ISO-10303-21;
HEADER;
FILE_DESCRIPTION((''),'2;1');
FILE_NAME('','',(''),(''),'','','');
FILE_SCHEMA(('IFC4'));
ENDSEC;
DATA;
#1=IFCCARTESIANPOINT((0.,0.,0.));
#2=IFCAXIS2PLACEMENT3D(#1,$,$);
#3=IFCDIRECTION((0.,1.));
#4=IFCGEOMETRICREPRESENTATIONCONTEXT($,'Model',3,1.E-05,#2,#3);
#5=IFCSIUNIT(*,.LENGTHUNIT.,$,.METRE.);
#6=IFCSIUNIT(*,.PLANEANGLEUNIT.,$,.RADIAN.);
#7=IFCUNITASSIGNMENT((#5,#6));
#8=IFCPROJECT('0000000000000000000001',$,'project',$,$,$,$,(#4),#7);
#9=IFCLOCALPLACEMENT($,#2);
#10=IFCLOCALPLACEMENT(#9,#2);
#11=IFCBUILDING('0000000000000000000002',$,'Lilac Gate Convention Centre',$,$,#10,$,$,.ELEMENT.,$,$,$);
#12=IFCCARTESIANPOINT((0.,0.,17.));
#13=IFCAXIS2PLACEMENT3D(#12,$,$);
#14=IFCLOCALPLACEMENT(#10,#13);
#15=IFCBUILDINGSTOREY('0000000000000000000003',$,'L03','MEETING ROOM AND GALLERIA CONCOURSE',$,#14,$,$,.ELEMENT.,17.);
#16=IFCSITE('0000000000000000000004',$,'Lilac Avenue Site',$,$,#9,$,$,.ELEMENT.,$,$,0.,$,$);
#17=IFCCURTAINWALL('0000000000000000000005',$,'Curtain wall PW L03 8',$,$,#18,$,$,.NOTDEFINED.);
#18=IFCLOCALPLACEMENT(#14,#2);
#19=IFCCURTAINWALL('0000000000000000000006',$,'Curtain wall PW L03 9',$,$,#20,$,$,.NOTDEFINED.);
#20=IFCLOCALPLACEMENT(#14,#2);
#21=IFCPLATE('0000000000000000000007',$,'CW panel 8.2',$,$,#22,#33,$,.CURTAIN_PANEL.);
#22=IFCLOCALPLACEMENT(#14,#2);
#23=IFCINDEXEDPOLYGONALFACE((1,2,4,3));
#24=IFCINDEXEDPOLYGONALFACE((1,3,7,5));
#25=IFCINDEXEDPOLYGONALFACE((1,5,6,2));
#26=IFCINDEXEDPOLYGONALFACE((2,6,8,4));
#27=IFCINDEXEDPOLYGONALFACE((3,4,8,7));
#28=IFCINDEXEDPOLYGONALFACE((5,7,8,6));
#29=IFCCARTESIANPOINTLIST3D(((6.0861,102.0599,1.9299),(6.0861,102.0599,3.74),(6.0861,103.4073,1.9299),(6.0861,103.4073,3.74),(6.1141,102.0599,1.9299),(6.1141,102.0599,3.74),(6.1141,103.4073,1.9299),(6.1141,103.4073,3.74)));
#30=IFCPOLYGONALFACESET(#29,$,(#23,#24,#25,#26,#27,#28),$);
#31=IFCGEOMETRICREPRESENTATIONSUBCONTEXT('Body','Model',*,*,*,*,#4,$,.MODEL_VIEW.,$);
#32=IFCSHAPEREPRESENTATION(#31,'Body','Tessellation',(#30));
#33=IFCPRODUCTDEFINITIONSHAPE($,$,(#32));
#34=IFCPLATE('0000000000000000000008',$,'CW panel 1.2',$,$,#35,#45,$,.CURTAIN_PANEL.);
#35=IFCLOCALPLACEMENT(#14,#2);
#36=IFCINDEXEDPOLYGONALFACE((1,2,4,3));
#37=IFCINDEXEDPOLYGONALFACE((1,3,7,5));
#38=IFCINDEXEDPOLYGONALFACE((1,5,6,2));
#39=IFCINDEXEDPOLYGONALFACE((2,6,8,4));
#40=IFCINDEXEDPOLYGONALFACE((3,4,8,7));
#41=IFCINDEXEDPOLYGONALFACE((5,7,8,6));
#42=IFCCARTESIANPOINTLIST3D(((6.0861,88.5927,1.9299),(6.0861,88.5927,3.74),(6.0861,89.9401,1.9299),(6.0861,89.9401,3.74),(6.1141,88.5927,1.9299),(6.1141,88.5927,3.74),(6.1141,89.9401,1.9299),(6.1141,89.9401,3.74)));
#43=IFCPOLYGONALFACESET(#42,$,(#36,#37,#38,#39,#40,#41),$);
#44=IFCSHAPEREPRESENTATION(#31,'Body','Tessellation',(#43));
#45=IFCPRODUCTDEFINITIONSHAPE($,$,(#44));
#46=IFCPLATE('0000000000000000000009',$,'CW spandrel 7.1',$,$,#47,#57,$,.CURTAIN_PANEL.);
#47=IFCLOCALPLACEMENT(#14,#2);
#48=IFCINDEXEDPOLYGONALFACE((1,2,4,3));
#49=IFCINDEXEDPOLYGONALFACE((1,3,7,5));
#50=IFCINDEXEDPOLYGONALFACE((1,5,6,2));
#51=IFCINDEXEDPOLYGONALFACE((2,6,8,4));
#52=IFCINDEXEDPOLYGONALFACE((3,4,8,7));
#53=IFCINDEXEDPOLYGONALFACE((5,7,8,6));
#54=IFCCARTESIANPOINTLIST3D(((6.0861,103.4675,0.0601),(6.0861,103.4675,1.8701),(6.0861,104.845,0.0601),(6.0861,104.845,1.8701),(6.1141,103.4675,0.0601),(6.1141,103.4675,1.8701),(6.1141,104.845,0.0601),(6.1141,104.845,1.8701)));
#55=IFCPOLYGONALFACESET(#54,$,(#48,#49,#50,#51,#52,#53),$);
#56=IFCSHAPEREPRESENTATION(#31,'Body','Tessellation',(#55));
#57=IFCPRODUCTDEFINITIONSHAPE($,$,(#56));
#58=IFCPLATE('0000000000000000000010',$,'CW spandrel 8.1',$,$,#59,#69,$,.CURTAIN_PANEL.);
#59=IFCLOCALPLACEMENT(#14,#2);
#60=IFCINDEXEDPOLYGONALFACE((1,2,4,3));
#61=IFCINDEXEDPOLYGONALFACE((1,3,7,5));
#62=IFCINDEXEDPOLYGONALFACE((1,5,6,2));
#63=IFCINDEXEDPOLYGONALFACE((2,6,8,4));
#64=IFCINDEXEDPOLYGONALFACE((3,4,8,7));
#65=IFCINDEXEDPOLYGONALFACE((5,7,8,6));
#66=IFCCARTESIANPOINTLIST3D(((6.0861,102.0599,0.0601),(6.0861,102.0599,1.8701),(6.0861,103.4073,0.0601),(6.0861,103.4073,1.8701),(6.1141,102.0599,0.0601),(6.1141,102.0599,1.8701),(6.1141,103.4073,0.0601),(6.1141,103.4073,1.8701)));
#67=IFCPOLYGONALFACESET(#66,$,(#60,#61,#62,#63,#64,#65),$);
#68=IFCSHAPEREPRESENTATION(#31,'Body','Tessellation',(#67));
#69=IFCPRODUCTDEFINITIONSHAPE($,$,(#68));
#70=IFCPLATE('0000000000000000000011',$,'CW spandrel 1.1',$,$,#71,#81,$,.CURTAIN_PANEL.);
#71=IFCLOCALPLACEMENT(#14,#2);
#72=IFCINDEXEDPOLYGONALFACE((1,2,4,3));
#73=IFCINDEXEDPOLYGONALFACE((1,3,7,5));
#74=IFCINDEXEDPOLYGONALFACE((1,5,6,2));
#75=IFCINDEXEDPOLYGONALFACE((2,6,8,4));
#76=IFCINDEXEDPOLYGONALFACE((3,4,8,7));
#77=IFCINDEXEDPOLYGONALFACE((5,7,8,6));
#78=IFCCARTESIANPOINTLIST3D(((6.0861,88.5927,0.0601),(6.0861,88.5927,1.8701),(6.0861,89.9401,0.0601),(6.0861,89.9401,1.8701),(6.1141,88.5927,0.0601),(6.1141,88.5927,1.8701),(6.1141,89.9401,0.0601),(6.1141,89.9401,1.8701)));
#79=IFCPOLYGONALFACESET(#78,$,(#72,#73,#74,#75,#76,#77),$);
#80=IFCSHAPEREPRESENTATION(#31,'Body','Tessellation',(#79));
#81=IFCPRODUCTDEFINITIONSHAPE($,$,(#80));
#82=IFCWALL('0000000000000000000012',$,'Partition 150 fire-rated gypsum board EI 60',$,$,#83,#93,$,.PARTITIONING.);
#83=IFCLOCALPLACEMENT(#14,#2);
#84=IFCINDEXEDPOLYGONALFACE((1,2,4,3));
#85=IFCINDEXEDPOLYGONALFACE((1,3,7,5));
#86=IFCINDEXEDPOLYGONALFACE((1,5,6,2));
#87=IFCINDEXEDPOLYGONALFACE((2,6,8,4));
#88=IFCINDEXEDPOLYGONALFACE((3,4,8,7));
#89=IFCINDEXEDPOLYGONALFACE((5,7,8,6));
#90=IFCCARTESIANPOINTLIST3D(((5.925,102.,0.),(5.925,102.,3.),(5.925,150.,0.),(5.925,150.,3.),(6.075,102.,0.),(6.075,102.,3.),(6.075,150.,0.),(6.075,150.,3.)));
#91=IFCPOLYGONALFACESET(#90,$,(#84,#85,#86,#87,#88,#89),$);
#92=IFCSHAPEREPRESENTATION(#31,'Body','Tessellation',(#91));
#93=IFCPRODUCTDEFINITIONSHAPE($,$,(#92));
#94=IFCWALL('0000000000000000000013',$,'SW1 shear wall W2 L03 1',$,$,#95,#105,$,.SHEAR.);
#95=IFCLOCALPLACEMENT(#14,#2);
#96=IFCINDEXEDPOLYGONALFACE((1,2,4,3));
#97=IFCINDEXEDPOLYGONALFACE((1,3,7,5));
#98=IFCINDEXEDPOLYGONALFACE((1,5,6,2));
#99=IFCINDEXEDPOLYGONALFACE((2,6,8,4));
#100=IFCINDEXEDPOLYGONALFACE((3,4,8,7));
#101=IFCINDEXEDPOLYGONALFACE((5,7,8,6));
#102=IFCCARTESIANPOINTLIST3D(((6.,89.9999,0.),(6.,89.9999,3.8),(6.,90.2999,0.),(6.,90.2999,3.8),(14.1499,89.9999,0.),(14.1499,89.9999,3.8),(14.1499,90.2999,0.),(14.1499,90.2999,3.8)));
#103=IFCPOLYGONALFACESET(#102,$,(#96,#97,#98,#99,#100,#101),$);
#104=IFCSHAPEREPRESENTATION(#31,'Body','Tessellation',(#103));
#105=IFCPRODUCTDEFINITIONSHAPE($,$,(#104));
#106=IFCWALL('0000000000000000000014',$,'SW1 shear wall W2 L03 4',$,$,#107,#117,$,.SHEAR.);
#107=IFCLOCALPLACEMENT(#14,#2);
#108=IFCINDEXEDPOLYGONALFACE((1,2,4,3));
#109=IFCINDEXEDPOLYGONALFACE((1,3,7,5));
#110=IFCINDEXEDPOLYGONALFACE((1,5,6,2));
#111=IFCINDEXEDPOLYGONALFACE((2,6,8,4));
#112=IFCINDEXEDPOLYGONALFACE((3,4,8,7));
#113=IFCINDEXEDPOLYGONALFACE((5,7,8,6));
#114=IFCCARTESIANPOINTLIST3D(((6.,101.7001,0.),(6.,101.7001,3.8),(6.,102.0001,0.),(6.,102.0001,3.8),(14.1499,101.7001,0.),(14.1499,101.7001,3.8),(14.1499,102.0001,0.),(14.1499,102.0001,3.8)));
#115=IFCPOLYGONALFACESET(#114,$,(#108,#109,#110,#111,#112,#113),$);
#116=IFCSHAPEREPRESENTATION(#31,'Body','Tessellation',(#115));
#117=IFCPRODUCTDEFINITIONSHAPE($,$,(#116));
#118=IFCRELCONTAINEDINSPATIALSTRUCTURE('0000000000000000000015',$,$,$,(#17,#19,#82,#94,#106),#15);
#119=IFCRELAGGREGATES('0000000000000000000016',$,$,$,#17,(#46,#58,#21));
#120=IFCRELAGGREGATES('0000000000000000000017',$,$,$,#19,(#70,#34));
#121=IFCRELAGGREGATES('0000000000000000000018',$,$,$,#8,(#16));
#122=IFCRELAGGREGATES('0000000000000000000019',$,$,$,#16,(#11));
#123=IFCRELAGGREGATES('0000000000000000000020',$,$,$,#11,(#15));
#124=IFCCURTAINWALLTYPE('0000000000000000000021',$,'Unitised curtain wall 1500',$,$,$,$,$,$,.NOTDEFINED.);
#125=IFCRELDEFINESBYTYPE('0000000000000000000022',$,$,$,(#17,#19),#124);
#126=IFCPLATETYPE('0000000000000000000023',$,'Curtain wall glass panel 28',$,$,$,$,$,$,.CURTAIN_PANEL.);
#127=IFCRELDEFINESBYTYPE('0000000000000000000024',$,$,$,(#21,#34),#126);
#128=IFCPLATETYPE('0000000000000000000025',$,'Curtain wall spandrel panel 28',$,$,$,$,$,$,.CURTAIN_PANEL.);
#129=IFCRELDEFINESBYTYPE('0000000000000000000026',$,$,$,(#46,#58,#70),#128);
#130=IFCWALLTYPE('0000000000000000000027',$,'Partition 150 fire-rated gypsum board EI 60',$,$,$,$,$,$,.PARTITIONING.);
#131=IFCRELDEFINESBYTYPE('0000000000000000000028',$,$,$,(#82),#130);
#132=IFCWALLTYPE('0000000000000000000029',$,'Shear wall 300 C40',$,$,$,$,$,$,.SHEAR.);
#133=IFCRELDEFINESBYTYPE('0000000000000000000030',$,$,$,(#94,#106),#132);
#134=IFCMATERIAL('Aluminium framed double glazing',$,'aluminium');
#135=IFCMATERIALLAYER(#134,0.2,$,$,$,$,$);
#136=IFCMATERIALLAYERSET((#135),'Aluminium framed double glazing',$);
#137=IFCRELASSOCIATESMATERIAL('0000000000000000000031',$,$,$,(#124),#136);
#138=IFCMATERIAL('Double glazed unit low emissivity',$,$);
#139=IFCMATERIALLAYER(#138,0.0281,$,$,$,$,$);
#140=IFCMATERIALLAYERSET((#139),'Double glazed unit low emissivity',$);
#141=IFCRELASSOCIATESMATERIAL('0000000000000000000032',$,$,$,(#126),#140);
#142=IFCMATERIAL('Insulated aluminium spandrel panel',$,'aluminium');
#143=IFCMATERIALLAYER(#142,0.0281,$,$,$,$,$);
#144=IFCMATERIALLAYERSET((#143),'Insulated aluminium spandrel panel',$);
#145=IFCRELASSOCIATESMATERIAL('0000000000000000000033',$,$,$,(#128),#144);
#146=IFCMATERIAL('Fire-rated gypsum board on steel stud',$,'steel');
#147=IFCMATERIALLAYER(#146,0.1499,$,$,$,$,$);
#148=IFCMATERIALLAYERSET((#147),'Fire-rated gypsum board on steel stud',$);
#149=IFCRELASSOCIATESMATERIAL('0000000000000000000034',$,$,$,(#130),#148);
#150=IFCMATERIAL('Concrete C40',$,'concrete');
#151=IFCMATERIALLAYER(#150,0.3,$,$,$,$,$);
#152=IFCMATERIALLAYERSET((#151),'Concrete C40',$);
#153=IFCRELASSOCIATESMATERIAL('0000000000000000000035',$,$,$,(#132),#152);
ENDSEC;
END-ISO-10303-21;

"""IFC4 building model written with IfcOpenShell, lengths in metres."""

from ifc_helpers import new_model, si_unit, direction, frame, frame_2d, origin, origin_2d, place, context, subcontext, project, spatial, rectangle, extrude, material, layer, layer_set, type_object, element, aggregate, save


model = new_model("IFC4")

# Units and contexts
model_context = context("Model", 3, precision=1e-05, world=origin(), true_north=direction((0.0, 1.0)))
body_context = subcontext(model_context, "Body", "Model", "MODEL_VIEW")
ifc_project = project(units=[si_unit("LENGTHUNIT", "METRE"), si_unit("PLANEANGLEUNIT", "RADIAN")], contexts=[model_context])

# Site, building, storey
site_placement = place(None, origin())
site = spatial("IfcSite", under=ifc_project, at=site_placement, Name="Lilac Avenue Site", CompositionType="ELEMENT", RefElevation=0.0)
building_placement = place(site_placement, origin())
building = spatial("IfcBuilding", under=site, at=building_placement, Name="Lilac Gate Convention Centre", CompositionType="ELEMENT")
storey_placement = place(building_placement, frame((0.0, 0.0, 17.0)))
storey = spatial("IfcBuildingStorey", under=building, at=storey_placement, Name="L03", Description="MEETING ROOM AND GALLERIA CONCOURSE", CompositionType="ELEMENT", Elevation=17.0)

# Curtain walls
ifc_material_1 = material(Name="Aluminium framed double glazing", Category="aluminium")
ifc_layer_1 = layer(ifc_material_1, 0.2)
ifc_layer_set_1 = layer_set([ifc_layer_1], Name="Aluminium framed double glazing")
curtain_wall_type = type_object("IfcCurtainWallType", Name="Unitised curtain wall 1500", PredefinedType="NOTDEFINED", material=ifc_layer_set_1)
curtain_wall_1_placement = place(storey_placement, origin())
curtain_wall_1 = element("IfcCurtainWall", 1, at=curtain_wall_1_placement, inside=storey, type_object=curtain_wall_type, Name="Curtain wall PW L03 8", PredefinedType="NOTDEFINED")
curtain_wall_2_placement = place(storey_placement, origin())
curtain_wall_2 = element("IfcCurtainWall", 2, at=curtain_wall_2_placement, inside=storey, type_object=curtain_wall_type, Name="Curtain wall PW L03 9", PredefinedType="NOTDEFINED")

# Shared definitions
ifc_material_2 = material(Name="Concrete C40", Category="concrete")

# Plates
ifc_material_3 = material(Name="Double glazed unit low emissivity")
ifc_layer_2 = layer(ifc_material_3, 0.0281)
ifc_layer_set_2 = layer_set([ifc_layer_2], Name="Double glazed unit low emissivity")
plate_type_1 = type_object("IfcPlateType", Name="Curtain wall glass panel 28", PredefinedType="CURTAIN_PANEL", material=ifc_layer_set_2)
plate_1_placement = place(storey_placement, frame((6.1001, 102.7336, 1.9299), z_axis=(0.0, 0.0, 1.0), x_axis=(0.0, -1.0, 0.0)))
plate_1 = element("IfcPlate", 3, at=plate_1_placement, type_object=plate_type_1, Name="CW panel 8.2", PredefinedType="CURTAIN_PANEL", context=body_context, shape_type="SweptSolid", body=[
    extrude(rectangle(XDim=1.3474, YDim=0.0281, at=origin_2d()), origin(), (0.0, 0.0, 1.0), 1.8101),
])
plate_2_placement = place(storey_placement, frame((6.1001, 89.2664, 1.9299), z_axis=(0.0, 0.0, 1.0), x_axis=(0.0, -1.0, 0.0)))
plate_2 = element("IfcPlate", 4, at=plate_2_placement, type_object=plate_type_1, Name="CW panel 1.2", PredefinedType="CURTAIN_PANEL", context=body_context, shape_type="SweptSolid", body=[
    extrude(rectangle(XDim=1.3474, YDim=0.0281, at=origin_2d()), origin(), (0.0, 0.0, 1.0), 1.8101),
])
ifc_material_4 = material(Name="Insulated aluminium spandrel panel", Category="aluminium")
ifc_layer_3 = layer(ifc_material_4, 0.0281)
ifc_layer_set_3 = layer_set([ifc_layer_3], Name="Insulated aluminium spandrel panel")
plate_type_2 = type_object("IfcPlateType", Name="Curtain wall spandrel panel 28", PredefinedType="CURTAIN_PANEL", material=ifc_layer_set_3)
plate_3_placement = place(storey_placement, frame((6.1001, 104.1562, 0.0601), z_axis=(0.0, 0.0, 1.0), x_axis=(0.0, -1.0, 0.0)))
plate_3 = element("IfcPlate", 5, at=plate_3_placement, type_object=plate_type_2, Name="CW spandrel 7.1", PredefinedType="CURTAIN_PANEL", context=body_context, shape_type="SweptSolid", body=[
    extrude(rectangle(XDim=1.3774, YDim=0.0281, at=origin_2d()), origin(), (0.0, 0.0, 1.0), 1.8101),
])
plate_4_placement = place(storey_placement, frame((6.1001, 102.7336, 0.0601), z_axis=(0.0, 0.0, 1.0), x_axis=(0.0, -1.0, 0.0)))
plate_4 = element("IfcPlate", 6, at=plate_4_placement, type_object=plate_type_2, Name="CW spandrel 8.1", PredefinedType="CURTAIN_PANEL", context=body_context, shape_type="SweptSolid", body=[
    extrude(rectangle(XDim=1.3474, YDim=0.0281, at=origin_2d()), origin(), (0.0, 0.0, 1.0), 1.8101),
])
aggregate(curtain_wall_1, [plate_3, plate_4, plate_1])
plate_5_placement = place(storey_placement, frame((6.1001, 89.2664, 0.0601), z_axis=(0.0, 0.0, 1.0), x_axis=(0.0, -1.0, 0.0)))
plate_5 = element("IfcPlate", 7, at=plate_5_placement, type_object=plate_type_2, Name="CW spandrel 1.1", PredefinedType="CURTAIN_PANEL", context=body_context, shape_type="SweptSolid", body=[
    extrude(rectangle(XDim=1.3474, YDim=0.0281, at=origin_2d()), origin(), (0.0, 0.0, 1.0), 1.8101),
])
aggregate(curtain_wall_2, [plate_5, plate_2])

# Walls
ifc_material_5 = material(Name="Fire-rated gypsum board on steel stud", Category="steel")
ifc_layer_4 = layer(ifc_material_5, 0.1499)
ifc_layer_set_4 = layer_set([ifc_layer_4], Name="Fire-rated gypsum board on steel stud")
wall_type_1 = type_object("IfcWallType", Name="Partition 150 fire-rated gypsum board EI 60", PredefinedType="PARTITIONING", material=ifc_layer_set_4)
wall_placement = place(storey_placement, frame((6.0, 102.0, 0.0), z_axis=(0.0, 0.0, 1.0), x_axis=(0.0, 1.0, 0.0)))
element("IfcWall", 8, at=wall_placement, inside=storey, type_object=wall_type_1, Name="Partition 150 fire-rated gypsum board EI 60", PredefinedType="PARTITIONING", context=body_context, shape_type="SweptSolid", body=[
    extrude(rectangle(XDim=48.0, YDim=0.1499, at=frame_2d((24.0, 0.0))), origin(), (0.0, 0.0, 1.0), 3.0),
])
ifc_layer_5 = layer(ifc_material_2, 0.3)
ifc_layer_set_5 = layer_set([ifc_layer_5], Name="Concrete C40")
wall_type_2 = type_object("IfcWallType", Name="Shear wall 300 C40", PredefinedType="SHEAR", material=ifc_layer_set_5)
for number, where, z_axis, x_axis, name in (
    (9, (6.0, 90.1499, 0.0), (0.0, 0.0, 1.0), (1.0, 0.0, 0.0), "SW1 shear wall W2 L03 1"),
    (10, (6.0, 101.8501, 0.0), (0.0, 0.0, 1.0), (1.0, 0.0, 0.0), "SW1 shear wall W2 L03 4"),
):
    element("IfcWall", number, at=place(storey_placement, frame(where, z_axis=z_axis, x_axis=x_axis)), inside=storey, type_object=wall_type_2, Name=name, PredefinedType="SHEAR", context=body_context, shape_type="SweptSolid", body=[
        extrude(rectangle(XDim=8.1499, YDim=0.3, at=frame_2d((4.075, 0.0))), origin(), (0.0, 0.0, 1.0), 3.8),
    ])

save(model, "model.ifc")
